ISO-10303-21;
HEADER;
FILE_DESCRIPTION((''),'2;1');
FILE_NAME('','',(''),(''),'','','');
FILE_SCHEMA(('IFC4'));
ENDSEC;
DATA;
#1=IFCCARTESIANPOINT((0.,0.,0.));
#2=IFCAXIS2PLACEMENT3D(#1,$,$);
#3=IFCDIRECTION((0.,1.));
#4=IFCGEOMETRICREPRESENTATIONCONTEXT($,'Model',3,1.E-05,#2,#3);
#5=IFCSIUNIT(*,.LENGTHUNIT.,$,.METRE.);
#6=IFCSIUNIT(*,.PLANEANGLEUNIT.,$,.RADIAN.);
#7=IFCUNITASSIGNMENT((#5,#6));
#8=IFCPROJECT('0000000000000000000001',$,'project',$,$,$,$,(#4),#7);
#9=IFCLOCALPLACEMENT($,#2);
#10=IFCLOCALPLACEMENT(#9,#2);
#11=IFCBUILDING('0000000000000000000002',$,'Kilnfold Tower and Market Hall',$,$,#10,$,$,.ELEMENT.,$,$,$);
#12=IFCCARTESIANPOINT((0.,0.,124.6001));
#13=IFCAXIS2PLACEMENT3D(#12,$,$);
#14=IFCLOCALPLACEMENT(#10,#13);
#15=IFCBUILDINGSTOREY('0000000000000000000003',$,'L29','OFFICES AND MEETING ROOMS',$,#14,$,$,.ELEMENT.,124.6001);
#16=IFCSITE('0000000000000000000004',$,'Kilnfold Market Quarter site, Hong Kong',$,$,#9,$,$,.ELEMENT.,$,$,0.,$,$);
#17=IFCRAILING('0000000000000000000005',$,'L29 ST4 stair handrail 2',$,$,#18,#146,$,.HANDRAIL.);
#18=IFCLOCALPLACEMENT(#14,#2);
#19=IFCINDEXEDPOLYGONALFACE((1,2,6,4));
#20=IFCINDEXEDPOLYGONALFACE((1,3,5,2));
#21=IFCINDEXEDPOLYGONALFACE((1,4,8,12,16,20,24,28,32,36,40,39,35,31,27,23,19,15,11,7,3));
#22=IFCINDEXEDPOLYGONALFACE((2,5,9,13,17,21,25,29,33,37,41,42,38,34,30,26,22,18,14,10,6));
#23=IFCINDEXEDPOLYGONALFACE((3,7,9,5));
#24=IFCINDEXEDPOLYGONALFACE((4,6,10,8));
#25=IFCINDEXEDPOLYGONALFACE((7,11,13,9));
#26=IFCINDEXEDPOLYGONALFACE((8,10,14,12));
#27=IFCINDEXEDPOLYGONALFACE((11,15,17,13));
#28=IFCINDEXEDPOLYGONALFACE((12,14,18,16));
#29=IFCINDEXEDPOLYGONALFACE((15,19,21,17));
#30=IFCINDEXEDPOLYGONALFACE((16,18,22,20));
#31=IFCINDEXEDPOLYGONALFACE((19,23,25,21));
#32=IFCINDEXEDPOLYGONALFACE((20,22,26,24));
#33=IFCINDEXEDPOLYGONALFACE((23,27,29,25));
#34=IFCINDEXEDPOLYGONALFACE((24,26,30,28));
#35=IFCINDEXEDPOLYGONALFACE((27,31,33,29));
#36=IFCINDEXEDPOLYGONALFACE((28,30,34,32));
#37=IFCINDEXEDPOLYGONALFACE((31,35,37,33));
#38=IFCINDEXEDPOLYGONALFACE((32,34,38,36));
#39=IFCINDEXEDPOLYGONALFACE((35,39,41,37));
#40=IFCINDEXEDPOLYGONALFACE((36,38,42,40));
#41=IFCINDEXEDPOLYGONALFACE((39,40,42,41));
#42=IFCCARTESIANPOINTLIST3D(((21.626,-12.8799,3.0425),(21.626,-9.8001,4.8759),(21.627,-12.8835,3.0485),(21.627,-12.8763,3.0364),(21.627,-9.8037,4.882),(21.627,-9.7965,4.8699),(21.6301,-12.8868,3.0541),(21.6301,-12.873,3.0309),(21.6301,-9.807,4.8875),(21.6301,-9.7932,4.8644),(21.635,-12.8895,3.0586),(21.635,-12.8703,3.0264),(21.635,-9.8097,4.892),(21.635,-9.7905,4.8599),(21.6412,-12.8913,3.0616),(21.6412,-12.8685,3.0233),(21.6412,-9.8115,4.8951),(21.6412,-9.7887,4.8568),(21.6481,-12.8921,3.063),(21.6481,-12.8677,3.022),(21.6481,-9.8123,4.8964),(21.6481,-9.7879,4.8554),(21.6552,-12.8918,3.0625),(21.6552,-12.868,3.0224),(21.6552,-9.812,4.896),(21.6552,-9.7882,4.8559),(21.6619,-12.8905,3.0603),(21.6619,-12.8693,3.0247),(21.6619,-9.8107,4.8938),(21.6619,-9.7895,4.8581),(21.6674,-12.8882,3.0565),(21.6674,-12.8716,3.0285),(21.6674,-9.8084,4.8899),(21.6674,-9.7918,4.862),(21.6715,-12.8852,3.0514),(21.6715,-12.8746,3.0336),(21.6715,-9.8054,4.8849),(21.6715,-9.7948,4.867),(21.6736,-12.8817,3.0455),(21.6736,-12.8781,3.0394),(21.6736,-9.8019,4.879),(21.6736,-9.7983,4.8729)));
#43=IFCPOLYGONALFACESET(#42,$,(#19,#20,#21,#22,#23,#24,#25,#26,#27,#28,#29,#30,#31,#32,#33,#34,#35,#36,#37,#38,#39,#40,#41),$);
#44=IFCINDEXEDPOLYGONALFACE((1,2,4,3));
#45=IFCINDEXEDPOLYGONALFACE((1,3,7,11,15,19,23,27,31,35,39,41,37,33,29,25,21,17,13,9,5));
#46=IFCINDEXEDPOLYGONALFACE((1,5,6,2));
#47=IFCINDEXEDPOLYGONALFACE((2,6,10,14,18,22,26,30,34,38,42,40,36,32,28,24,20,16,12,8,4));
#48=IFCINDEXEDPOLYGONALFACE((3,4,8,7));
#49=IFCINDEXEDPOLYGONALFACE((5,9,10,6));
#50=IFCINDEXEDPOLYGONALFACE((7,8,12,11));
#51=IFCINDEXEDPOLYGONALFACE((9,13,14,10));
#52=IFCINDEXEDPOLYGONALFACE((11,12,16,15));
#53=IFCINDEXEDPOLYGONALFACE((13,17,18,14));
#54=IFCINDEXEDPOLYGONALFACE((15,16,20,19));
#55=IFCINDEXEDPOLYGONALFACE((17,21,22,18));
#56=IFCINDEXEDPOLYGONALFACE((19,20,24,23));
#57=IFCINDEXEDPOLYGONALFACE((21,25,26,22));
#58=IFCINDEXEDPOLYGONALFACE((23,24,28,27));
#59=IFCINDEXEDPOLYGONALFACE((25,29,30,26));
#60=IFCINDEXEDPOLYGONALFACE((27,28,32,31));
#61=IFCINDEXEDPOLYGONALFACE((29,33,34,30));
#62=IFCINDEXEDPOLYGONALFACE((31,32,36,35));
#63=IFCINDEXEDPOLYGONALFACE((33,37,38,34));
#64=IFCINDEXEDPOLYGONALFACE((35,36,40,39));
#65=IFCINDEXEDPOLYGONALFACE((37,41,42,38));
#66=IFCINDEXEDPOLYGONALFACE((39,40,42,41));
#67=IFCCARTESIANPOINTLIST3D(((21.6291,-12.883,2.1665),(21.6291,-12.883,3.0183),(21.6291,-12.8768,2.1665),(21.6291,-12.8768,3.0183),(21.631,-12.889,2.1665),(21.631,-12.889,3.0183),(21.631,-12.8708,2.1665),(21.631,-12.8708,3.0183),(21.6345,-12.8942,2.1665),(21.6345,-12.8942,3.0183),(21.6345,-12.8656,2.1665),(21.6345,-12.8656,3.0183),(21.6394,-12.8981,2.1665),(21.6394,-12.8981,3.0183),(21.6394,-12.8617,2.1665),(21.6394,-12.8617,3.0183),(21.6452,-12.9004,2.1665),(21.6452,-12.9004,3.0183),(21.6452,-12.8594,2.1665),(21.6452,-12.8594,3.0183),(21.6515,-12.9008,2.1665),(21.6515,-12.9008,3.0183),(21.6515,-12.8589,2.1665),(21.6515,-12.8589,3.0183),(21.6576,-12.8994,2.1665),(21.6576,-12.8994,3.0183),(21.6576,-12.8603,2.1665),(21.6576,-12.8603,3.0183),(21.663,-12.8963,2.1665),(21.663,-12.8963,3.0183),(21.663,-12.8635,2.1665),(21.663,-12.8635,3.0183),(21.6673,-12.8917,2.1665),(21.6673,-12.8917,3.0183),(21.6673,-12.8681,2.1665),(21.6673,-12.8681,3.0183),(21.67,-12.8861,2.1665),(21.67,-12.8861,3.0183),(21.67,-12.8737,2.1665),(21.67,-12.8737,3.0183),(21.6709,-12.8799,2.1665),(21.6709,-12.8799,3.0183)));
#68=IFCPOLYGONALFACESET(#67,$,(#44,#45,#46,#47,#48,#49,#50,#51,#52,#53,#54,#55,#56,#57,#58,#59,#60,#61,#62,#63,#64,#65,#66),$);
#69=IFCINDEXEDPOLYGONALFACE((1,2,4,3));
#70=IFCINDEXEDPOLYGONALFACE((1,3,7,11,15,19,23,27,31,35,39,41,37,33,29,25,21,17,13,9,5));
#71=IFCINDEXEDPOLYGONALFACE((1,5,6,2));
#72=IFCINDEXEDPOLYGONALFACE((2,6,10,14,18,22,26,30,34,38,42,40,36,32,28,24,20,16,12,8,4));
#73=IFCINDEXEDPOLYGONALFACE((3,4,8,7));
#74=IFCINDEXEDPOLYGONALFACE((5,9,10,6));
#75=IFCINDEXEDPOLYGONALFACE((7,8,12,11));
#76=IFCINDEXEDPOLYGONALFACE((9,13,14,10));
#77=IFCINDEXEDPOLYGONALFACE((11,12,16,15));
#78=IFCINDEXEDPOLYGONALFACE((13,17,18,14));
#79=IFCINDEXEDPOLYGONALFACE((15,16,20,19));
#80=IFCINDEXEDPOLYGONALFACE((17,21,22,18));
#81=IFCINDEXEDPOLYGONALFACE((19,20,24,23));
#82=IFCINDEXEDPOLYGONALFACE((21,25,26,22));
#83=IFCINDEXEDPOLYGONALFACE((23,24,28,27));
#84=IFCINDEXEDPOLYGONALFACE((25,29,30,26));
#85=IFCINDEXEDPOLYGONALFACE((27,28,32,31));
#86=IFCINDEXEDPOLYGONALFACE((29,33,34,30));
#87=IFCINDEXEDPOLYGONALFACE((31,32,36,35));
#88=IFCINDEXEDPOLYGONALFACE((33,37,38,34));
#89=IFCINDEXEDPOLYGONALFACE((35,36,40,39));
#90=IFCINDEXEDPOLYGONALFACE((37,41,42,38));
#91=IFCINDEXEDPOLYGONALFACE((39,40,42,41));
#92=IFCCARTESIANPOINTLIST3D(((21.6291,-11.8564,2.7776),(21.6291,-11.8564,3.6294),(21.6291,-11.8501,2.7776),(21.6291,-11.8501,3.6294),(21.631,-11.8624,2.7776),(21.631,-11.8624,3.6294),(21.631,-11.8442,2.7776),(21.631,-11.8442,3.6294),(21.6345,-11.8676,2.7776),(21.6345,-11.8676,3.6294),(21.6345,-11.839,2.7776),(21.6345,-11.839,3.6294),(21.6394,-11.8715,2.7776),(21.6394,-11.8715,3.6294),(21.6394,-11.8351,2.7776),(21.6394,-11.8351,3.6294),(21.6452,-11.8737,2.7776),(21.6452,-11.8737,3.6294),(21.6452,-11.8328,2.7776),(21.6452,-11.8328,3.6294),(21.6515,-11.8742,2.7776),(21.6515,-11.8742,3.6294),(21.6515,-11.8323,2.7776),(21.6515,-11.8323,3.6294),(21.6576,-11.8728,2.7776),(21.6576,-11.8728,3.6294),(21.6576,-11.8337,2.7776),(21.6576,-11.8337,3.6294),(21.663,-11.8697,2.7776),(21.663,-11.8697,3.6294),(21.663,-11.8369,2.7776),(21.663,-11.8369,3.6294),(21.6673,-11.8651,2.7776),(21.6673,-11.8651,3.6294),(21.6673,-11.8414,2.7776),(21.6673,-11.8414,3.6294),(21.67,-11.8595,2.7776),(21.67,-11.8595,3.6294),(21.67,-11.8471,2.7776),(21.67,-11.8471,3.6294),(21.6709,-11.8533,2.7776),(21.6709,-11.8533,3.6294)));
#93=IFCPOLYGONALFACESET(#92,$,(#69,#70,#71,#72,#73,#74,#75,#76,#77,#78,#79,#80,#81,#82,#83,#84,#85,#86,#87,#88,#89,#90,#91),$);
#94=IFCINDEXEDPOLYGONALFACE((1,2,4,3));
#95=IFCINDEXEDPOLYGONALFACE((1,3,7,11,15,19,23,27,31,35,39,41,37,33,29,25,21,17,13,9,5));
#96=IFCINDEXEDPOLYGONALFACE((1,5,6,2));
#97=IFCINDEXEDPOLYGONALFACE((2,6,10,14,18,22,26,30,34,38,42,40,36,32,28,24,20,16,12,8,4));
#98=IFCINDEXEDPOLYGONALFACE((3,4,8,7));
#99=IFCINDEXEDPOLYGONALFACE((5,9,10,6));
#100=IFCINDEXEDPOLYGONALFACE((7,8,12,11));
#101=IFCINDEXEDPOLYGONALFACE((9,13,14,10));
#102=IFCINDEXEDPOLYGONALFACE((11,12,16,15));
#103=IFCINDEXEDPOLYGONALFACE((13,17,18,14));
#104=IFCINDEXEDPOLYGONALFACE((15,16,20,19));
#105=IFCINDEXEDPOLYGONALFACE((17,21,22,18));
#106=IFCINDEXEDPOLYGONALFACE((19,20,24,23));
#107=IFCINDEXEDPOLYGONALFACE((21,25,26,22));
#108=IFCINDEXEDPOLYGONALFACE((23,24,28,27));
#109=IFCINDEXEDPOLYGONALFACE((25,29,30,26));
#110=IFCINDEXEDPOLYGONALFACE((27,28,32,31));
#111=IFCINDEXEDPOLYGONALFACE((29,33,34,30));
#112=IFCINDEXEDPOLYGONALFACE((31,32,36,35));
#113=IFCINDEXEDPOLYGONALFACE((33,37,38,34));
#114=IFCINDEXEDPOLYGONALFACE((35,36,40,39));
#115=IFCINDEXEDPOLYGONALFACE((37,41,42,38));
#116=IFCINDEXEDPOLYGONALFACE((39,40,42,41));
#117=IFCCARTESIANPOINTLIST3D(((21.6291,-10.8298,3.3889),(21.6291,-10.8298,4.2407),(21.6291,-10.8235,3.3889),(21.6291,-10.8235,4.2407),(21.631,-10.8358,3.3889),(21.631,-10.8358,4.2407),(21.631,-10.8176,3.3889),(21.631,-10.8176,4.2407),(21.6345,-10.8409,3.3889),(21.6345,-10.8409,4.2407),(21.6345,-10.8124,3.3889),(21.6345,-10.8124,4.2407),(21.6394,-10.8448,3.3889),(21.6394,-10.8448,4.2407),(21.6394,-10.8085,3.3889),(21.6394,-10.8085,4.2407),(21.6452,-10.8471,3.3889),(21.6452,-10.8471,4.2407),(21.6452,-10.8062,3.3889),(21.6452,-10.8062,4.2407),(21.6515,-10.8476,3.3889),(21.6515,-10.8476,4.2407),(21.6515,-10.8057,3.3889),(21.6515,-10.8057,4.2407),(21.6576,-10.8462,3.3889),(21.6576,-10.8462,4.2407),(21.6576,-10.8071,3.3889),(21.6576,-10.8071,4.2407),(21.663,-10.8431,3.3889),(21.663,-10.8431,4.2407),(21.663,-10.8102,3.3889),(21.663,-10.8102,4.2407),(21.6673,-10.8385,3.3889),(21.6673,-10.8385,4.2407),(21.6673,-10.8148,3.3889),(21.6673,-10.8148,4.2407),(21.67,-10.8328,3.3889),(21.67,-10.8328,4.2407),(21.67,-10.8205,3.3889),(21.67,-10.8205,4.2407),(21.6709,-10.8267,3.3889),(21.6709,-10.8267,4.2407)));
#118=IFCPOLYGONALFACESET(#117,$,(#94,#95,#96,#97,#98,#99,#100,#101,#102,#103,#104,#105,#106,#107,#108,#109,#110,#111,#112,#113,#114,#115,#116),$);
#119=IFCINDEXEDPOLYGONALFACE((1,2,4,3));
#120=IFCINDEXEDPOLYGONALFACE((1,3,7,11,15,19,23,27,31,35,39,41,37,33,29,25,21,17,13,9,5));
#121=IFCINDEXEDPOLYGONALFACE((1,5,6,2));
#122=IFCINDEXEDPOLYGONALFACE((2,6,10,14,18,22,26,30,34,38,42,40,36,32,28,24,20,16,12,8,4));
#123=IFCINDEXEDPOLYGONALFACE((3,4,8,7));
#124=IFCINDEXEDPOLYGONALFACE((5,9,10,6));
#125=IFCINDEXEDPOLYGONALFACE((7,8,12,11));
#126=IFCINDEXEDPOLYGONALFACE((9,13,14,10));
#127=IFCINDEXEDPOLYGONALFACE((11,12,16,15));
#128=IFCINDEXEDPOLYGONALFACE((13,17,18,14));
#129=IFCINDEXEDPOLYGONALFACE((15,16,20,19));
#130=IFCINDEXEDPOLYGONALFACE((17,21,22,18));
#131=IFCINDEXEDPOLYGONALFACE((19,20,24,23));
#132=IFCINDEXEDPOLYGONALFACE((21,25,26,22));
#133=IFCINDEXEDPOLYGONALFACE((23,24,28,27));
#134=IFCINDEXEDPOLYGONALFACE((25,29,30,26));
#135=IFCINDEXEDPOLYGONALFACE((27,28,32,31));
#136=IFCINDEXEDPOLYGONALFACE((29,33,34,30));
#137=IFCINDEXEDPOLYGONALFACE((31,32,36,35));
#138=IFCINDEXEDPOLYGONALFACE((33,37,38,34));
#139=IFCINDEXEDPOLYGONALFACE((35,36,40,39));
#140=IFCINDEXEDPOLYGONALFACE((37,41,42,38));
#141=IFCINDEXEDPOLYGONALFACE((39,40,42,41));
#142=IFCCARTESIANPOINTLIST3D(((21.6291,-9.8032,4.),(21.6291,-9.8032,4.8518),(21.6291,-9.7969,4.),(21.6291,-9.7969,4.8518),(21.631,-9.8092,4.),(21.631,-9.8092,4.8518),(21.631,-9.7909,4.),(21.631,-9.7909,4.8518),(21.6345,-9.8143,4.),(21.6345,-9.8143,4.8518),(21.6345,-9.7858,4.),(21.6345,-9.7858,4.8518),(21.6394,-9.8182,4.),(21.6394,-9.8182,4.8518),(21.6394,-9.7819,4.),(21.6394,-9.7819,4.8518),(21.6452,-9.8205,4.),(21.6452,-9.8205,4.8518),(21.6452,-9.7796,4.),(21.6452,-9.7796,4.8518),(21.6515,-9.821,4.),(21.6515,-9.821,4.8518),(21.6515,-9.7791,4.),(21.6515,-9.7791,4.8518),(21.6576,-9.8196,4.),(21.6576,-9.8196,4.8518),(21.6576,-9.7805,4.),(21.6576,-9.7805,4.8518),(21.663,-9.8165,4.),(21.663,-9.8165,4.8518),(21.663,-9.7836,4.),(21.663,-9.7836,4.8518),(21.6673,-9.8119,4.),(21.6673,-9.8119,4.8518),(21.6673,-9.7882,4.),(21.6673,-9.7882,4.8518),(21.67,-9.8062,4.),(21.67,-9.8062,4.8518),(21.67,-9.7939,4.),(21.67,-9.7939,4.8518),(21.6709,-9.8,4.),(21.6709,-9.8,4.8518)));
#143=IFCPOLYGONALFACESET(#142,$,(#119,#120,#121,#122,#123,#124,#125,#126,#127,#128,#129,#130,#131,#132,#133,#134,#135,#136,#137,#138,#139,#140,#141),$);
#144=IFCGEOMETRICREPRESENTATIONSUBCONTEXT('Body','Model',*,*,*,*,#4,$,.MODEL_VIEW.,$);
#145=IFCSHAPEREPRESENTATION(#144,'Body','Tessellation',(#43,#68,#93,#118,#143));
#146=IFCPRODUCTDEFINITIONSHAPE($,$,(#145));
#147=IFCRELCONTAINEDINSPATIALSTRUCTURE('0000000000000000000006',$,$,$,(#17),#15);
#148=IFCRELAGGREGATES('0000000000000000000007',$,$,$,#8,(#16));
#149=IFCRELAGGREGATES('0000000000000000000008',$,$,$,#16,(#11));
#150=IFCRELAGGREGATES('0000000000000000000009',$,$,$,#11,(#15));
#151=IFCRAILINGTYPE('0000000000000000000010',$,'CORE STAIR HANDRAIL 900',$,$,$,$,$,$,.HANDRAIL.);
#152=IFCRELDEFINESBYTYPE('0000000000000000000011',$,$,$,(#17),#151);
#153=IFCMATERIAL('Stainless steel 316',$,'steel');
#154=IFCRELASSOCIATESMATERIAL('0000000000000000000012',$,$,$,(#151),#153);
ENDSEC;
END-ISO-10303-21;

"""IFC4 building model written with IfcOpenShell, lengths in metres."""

from ifc_helpers import new_model, si_unit, direction, frame, origin, origin_2d, place, context, subcontext, project, spatial, circle, extrude, material, type_object, element, save


model = new_model("IFC4")

# Units and contexts
model_context = context("Model", 3, precision=1e-05, world=origin(), true_north=direction((0.0, 1.0)))
body_context = subcontext(model_context, "Body", "Model", "MODEL_VIEW")
ifc_project = project(units=[si_unit("LENGTHUNIT", "METRE"), si_unit("PLANEANGLEUNIT", "RADIAN")], contexts=[model_context])

# Site, building, storey
site_placement = place(None, origin())
site = spatial("IfcSite", under=ifc_project, at=site_placement, Name="Kilnfold Market Quarter site, Hong Kong", CompositionType="ELEMENT", RefElevation=0.0)
building_placement = place(site_placement, origin())
building = spatial("IfcBuilding", under=site, at=building_placement, Name="Kilnfold Tower and Market Hall", CompositionType="ELEMENT")
storey_placement = place(building_placement, frame((0.0, 0.0, 124.6001)))
storey = spatial("IfcBuildingStorey", under=building, at=storey_placement, Name="L29", Description="OFFICES AND MEETING ROOMS", CompositionType="ELEMENT", Elevation=124.6001)

# Railing
ifc_material_1 = material(Name="Stainless steel 316", Category="steel")
railing_type_1 = type_object("IfcRailingType", Name="CORE STAIR HANDRAIL 900", PredefinedType="HANDRAIL", material=ifc_material_1)
railing_1_placement = place(storey_placement, frame((21.6499, -12.8799, 2.1665)))
element("IfcRailing", 1, at=railing_1_placement, inside=storey, type_object=railing_type_1, Name="L29 ST4 stair handrail 2", PredefinedType="HANDRAIL", context=body_context, shape_type="SweptSolid", body=[
    extrude(circle(Radius=0.0239, at=origin_2d()), frame((0.0, 0.0, 0.876), z_axis=(0.0, 0.859261, 0.511538), x_axis=(-1.0, 0.0, 0.0)), (0.0, 0.0, 1.0), 3.5842),
    extrude(circle(Radius=0.021, at=origin_2d()), origin(), (0.0, 0.0, 1.0), 0.8518),
    extrude(circle(Radius=0.021, at=origin_2d()), frame((0.0, 1.0266, 0.6111)), (0.0, 0.0, 1.0), 0.8518),
    extrude(circle(Radius=0.021, at=origin_2d()), frame((0.0, 2.0532, 1.2224)), (0.0, 0.0, 1.0), 0.8518),
    extrude(circle(Radius=0.021, at=origin_2d()), frame((0.0, 3.0798, 1.8335)), (0.0, 0.0, 1.0), 0.8518),
])

save(model, "model.ifc")
